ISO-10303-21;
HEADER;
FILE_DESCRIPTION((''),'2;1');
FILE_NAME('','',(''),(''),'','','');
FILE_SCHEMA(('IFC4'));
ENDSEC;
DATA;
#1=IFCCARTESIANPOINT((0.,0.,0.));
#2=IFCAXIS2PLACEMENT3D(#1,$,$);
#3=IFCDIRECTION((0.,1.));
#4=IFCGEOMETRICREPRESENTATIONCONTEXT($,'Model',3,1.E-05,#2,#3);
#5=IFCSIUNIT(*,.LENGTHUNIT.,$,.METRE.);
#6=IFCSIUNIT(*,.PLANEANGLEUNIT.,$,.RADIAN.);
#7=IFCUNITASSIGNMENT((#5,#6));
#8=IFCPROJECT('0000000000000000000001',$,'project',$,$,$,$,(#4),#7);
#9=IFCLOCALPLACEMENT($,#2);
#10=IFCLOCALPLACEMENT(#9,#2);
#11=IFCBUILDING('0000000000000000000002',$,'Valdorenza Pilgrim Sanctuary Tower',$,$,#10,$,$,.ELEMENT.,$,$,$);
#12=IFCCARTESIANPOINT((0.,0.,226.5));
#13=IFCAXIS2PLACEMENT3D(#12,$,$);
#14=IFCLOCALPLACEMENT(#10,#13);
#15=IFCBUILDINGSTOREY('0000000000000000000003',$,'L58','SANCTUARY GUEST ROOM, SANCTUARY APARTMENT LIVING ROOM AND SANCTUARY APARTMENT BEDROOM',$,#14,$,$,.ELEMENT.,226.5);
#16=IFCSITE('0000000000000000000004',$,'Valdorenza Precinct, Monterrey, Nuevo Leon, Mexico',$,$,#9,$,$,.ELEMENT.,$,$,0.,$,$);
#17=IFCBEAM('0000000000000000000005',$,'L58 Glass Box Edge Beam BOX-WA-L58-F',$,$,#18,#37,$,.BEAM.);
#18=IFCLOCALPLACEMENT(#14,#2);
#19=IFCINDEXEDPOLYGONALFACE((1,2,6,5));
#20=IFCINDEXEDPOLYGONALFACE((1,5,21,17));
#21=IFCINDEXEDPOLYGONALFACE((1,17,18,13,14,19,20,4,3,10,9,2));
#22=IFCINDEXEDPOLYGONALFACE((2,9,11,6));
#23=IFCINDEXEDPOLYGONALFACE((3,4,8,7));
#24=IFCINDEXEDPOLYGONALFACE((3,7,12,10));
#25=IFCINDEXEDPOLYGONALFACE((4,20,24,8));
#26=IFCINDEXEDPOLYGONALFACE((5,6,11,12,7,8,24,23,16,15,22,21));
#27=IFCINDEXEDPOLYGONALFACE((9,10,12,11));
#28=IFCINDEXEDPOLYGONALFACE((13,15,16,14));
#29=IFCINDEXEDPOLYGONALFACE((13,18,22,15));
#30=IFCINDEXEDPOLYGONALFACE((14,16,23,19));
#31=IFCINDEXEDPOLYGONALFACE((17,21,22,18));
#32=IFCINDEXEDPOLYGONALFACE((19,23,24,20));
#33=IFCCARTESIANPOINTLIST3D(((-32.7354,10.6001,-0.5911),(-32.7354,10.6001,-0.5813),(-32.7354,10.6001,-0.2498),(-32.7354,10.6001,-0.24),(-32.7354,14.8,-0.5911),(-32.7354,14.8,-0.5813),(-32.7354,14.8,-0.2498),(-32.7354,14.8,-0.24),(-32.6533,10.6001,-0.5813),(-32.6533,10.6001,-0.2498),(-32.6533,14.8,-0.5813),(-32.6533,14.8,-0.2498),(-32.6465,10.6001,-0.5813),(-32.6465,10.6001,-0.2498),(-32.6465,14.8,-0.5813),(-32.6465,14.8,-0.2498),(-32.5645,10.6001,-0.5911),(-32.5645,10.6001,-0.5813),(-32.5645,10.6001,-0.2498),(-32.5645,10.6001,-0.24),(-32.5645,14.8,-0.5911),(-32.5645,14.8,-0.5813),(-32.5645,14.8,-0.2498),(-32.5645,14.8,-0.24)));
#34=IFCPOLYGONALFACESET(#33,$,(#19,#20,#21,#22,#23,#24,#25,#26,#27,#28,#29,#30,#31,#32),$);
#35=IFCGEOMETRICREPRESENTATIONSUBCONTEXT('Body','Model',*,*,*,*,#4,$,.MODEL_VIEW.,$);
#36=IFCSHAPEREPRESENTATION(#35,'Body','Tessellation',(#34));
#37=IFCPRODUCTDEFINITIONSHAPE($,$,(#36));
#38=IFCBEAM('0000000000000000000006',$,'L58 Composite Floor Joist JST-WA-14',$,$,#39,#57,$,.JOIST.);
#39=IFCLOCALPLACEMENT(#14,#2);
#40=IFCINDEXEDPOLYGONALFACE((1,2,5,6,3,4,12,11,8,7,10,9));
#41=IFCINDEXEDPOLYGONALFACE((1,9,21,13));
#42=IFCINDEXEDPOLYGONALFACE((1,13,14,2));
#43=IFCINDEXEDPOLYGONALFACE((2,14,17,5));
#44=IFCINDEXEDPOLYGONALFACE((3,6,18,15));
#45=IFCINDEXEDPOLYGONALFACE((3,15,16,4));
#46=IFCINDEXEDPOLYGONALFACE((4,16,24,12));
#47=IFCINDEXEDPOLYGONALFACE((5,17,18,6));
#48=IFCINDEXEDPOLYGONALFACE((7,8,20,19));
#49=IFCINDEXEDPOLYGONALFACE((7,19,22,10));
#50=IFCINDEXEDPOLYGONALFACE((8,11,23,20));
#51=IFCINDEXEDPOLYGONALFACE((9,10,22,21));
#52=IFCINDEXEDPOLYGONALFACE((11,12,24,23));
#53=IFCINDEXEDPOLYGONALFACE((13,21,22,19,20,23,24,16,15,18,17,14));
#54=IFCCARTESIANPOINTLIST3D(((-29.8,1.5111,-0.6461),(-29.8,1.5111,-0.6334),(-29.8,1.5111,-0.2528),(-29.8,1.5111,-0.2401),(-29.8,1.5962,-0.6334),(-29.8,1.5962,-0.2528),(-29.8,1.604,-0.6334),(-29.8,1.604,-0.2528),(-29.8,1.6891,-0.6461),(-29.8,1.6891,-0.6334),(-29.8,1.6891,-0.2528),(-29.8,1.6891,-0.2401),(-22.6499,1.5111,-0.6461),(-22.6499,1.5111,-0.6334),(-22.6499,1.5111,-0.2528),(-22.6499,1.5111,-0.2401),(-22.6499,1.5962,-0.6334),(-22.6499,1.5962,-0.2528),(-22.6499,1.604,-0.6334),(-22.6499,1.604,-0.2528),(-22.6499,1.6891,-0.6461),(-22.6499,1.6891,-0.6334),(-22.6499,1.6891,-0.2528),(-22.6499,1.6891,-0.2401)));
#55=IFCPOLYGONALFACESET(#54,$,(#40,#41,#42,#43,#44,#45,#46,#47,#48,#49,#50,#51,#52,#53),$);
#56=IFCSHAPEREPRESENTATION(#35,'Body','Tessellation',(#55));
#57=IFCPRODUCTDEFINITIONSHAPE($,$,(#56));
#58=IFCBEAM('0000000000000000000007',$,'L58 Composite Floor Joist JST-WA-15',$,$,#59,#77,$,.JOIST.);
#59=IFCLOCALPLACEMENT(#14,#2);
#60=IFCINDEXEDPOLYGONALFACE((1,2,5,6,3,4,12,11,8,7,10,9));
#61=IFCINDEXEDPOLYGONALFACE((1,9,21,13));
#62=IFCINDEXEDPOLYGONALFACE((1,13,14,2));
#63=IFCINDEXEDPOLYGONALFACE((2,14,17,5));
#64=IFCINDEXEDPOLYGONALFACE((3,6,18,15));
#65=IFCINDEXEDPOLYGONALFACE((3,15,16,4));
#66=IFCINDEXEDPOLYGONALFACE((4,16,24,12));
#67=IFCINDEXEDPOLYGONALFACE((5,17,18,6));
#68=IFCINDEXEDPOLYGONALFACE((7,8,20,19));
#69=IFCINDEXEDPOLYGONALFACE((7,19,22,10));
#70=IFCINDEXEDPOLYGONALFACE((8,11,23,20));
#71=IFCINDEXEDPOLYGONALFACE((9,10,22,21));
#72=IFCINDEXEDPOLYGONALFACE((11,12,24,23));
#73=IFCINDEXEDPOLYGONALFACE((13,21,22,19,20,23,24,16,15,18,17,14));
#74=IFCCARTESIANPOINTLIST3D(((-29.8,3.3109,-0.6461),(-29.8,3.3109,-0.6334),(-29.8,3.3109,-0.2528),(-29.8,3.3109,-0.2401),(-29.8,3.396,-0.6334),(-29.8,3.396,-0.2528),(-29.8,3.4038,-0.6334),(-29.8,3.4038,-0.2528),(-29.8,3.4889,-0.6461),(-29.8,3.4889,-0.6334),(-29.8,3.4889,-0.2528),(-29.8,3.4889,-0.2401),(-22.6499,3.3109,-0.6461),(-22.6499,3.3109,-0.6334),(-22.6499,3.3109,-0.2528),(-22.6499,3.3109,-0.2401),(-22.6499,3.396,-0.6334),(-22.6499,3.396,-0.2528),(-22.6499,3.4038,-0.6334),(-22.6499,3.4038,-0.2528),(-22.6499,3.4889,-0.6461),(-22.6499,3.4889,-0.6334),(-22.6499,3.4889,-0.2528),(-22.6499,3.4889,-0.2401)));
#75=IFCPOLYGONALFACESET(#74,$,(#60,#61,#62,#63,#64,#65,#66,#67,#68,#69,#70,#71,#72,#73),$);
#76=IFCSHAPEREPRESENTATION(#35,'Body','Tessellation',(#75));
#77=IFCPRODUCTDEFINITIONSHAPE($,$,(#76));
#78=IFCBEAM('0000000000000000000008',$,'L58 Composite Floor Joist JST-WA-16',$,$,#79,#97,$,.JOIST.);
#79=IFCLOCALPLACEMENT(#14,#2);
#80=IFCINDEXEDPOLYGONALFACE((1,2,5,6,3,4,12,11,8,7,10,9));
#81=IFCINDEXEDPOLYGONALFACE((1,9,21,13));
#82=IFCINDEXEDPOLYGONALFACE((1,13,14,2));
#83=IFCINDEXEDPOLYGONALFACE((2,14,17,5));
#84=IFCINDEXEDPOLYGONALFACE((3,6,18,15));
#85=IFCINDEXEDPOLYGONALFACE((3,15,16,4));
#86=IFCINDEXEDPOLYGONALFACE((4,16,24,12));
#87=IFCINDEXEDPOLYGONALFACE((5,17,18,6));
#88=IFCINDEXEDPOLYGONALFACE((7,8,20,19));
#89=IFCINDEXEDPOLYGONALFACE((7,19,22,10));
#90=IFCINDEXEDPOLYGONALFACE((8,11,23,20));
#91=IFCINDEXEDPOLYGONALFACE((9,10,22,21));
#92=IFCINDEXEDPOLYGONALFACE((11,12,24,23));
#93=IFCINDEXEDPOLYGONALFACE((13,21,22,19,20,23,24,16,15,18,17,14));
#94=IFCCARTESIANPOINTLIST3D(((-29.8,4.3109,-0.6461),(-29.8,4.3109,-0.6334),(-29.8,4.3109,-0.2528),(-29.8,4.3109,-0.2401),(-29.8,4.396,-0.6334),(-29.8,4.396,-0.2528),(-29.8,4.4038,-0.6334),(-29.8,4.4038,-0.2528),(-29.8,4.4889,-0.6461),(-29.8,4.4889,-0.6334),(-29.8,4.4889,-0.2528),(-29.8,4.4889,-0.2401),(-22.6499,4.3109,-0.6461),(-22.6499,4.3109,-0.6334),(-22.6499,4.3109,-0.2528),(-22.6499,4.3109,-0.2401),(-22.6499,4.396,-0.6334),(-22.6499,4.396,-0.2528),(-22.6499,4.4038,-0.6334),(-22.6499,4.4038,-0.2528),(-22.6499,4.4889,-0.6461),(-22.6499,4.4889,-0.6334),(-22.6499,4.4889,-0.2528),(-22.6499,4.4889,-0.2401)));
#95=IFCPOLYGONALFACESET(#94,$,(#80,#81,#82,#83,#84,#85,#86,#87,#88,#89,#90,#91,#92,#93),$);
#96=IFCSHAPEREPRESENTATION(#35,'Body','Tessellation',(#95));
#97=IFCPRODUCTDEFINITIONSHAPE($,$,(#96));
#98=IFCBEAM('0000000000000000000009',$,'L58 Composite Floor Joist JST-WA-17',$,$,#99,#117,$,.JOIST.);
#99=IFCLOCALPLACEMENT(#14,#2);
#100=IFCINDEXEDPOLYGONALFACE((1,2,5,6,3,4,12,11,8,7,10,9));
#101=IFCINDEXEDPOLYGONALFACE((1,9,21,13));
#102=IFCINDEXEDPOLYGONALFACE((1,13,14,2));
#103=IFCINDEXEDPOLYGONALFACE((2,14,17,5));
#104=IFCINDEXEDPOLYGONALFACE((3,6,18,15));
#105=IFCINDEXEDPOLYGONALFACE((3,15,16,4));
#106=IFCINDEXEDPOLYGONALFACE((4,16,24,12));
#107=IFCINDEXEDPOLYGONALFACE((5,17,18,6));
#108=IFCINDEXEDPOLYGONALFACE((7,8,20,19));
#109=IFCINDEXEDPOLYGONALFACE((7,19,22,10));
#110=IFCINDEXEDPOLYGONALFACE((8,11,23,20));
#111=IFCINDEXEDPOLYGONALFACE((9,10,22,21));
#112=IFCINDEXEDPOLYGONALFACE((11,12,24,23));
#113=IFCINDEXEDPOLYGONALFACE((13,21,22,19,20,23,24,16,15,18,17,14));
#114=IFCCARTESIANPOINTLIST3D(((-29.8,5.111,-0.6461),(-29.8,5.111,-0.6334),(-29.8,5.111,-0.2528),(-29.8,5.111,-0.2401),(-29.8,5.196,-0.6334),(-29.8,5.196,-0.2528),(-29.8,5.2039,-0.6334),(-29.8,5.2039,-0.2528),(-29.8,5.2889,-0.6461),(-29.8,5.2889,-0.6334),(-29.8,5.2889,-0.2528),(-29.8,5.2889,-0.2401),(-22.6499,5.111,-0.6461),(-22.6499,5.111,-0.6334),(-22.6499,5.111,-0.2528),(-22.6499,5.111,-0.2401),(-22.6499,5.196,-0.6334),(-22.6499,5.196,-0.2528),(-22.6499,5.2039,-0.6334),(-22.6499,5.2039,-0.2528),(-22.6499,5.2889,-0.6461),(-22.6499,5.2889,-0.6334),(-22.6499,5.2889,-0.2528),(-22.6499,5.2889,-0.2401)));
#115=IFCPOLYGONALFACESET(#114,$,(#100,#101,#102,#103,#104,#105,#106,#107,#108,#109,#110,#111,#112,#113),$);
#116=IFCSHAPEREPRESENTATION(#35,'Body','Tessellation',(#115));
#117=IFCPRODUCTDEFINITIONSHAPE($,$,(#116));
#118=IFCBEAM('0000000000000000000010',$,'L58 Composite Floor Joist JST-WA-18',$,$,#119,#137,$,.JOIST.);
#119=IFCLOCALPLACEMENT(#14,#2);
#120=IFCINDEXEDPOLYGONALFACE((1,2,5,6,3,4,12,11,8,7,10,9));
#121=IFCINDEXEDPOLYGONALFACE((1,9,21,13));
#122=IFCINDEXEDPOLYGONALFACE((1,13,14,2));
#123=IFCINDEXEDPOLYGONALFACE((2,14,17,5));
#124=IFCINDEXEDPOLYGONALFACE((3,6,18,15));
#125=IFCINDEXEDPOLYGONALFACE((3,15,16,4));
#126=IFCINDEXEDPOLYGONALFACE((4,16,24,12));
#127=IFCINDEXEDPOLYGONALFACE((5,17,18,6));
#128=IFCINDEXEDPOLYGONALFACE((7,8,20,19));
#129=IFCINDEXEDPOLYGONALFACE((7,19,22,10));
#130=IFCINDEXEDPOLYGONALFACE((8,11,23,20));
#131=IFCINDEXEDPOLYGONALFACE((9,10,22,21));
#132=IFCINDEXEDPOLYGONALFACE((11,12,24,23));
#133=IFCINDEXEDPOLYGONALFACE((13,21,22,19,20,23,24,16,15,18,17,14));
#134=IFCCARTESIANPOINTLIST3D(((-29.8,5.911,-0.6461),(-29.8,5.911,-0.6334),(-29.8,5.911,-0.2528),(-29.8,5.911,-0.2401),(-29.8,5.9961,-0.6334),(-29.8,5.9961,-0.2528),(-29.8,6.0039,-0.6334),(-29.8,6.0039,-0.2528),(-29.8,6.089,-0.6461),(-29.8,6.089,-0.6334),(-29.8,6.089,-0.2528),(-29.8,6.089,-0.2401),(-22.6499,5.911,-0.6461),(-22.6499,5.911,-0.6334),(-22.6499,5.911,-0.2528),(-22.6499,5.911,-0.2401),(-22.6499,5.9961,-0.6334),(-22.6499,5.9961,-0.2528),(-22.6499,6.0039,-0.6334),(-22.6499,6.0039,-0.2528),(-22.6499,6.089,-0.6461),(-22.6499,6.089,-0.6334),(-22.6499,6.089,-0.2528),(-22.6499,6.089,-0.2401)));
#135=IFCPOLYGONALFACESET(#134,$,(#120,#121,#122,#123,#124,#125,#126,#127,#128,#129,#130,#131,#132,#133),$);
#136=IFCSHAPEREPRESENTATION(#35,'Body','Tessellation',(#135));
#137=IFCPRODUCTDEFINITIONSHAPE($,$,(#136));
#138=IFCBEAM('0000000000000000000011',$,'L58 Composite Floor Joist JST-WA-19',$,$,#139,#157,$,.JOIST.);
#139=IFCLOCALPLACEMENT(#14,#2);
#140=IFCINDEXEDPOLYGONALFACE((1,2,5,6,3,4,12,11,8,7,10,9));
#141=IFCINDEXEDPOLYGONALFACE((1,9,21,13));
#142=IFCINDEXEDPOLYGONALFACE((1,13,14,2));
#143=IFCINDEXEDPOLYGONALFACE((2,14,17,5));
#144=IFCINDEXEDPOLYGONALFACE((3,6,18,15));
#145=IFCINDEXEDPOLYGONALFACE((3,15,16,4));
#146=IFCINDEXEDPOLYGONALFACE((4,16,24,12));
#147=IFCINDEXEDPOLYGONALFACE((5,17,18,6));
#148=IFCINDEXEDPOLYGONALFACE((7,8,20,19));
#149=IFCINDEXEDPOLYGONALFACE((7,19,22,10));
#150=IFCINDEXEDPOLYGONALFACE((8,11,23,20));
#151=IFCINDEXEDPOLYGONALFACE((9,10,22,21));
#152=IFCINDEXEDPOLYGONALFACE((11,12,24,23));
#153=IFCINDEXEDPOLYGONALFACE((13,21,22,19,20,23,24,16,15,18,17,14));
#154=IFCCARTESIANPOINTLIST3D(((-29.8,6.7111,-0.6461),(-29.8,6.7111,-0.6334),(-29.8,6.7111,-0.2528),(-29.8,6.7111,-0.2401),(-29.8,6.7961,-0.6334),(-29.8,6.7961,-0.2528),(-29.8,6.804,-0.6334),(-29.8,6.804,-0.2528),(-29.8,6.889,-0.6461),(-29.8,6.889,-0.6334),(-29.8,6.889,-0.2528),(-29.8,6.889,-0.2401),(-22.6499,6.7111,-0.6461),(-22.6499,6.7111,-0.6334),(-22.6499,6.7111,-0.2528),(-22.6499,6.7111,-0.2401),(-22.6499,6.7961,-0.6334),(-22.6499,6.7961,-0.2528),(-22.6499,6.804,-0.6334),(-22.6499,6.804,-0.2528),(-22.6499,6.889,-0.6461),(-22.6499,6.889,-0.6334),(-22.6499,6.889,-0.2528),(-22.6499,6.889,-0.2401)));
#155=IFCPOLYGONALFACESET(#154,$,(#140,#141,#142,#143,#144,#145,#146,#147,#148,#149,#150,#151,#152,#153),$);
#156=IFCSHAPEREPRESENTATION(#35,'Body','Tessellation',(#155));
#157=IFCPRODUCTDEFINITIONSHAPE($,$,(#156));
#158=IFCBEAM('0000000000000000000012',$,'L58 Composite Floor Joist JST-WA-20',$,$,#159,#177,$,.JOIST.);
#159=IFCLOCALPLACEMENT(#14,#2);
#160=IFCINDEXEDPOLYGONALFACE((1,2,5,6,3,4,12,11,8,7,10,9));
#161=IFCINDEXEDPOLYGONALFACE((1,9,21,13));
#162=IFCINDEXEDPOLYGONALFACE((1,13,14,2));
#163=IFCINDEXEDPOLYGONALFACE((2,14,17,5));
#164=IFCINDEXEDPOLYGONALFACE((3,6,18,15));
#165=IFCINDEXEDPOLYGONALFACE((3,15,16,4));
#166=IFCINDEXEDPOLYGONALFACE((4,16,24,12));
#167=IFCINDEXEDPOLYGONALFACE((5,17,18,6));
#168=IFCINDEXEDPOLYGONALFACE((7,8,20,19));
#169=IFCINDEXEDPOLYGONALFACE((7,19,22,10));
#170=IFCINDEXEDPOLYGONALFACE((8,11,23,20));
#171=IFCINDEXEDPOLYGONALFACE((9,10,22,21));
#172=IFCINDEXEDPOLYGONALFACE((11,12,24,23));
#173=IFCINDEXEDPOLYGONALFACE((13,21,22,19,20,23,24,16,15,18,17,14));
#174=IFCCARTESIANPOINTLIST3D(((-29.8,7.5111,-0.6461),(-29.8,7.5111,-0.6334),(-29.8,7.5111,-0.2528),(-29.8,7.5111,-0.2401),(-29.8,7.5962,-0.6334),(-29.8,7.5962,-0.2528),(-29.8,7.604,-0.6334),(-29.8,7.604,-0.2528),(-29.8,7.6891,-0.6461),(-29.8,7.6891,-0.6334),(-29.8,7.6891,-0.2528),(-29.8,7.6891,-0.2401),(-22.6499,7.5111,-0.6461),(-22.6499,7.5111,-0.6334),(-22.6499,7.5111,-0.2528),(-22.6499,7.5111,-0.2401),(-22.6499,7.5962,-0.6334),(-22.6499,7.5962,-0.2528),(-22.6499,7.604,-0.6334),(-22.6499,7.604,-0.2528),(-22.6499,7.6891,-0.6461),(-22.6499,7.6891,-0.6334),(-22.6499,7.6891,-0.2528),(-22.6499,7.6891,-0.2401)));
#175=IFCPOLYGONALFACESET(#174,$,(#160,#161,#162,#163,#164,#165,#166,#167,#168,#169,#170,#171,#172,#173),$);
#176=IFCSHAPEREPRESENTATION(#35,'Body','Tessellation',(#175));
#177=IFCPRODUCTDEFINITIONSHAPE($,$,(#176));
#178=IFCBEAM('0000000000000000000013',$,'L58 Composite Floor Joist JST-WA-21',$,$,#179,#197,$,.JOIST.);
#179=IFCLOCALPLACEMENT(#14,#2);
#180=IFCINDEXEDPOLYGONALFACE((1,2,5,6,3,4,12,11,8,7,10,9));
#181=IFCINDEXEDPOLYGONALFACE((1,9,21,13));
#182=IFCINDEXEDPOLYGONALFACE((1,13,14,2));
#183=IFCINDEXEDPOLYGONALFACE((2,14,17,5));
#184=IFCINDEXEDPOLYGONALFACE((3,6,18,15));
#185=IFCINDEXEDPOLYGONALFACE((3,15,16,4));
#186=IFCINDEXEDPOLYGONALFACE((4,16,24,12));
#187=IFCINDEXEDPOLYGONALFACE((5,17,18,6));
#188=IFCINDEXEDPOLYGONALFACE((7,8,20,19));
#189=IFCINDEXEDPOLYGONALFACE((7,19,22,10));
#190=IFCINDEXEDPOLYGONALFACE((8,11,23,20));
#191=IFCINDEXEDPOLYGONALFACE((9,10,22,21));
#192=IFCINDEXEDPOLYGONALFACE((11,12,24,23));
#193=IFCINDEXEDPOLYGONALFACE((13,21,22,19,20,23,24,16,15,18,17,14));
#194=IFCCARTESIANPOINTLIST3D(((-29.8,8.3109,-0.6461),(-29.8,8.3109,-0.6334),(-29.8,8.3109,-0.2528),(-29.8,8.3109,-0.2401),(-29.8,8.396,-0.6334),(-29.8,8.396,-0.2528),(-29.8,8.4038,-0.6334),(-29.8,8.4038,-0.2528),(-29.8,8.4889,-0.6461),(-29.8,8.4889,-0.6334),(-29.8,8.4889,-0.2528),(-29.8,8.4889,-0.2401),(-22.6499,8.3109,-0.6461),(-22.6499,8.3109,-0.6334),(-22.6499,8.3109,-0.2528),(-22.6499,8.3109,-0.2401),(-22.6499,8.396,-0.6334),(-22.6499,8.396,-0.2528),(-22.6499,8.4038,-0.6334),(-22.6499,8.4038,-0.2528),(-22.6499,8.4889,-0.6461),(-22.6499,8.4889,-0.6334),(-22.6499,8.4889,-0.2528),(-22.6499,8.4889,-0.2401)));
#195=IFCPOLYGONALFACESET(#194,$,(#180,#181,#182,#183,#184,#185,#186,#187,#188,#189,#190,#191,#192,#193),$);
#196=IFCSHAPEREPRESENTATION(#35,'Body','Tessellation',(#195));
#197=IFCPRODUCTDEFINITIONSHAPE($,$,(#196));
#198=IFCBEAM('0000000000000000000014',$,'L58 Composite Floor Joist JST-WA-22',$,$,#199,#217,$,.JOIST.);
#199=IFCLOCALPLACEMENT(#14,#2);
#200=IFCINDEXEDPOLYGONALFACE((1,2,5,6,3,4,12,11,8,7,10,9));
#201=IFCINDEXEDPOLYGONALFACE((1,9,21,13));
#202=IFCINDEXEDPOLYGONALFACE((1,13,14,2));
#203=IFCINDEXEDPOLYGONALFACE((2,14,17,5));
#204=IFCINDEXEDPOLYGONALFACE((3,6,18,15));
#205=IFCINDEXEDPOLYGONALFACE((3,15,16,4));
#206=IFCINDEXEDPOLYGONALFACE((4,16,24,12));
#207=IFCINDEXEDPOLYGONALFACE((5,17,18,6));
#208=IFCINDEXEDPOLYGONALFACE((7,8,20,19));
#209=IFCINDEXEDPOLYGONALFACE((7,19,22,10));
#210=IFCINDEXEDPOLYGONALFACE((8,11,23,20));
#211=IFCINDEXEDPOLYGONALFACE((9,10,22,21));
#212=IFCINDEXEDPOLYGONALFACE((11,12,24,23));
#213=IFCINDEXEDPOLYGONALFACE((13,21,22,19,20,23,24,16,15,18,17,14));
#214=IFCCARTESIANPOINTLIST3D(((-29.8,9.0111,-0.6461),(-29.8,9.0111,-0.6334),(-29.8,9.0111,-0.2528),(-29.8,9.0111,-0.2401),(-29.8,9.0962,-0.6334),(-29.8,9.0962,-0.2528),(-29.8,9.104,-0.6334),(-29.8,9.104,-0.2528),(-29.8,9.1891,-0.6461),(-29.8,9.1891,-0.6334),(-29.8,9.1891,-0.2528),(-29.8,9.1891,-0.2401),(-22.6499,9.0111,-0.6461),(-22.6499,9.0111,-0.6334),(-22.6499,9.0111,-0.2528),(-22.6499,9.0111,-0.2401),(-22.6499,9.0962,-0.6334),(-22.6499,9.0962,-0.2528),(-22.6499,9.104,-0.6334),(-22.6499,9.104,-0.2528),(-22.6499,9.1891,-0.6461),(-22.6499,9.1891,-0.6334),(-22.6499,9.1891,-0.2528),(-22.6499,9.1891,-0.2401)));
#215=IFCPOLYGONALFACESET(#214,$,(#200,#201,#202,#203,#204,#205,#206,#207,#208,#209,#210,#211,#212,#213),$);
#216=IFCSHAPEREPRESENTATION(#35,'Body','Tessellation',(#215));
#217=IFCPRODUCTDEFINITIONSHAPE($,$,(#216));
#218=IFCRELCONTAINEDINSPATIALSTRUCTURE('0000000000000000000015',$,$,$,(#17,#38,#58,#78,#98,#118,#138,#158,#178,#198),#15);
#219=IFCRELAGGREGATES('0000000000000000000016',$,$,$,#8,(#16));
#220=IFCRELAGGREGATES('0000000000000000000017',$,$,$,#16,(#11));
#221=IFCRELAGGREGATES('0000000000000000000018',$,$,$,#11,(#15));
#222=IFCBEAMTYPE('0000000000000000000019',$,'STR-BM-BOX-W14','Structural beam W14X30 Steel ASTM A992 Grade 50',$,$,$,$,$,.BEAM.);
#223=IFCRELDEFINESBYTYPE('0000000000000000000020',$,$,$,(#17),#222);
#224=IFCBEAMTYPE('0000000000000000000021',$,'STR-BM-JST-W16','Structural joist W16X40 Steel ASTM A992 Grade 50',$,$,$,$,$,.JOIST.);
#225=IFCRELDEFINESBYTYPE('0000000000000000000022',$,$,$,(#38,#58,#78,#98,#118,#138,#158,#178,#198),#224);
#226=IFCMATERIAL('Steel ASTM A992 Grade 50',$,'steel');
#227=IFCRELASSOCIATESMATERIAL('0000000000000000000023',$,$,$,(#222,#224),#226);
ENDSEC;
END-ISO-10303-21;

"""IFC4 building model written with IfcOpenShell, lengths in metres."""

from ifc_helpers import new_model, si_unit, direction, frame, origin, origin_2d, place, context, subcontext, project, spatial, i_section, extrude, source, transform, mapped, material, material_profile, profile_set, type_object, element, save


model = new_model("IFC4")

# Units and contexts
model_context = context("Model", 3, precision=1e-05, world=origin(), true_north=direction((0.0, 1.0)))
body_context = subcontext(model_context, "Body", "Model", "MODEL_VIEW")
ifc_project = project(units=[si_unit("LENGTHUNIT", "METRE"), si_unit("PLANEANGLEUNIT", "RADIAN")], contexts=[model_context])

# Site, building, storey
site_placement = place(None, origin())
site = spatial("IfcSite", under=ifc_project, at=site_placement, Name="Valdorenza Precinct, Monterrey, Nuevo Leon, Mexico", CompositionType="ELEMENT", RefElevation=0.0)
building_placement = place(site_placement, origin())
building = spatial("IfcBuilding", under=site, at=building_placement, Name="Valdorenza Pilgrim Sanctuary Tower", CompositionType="ELEMENT")
storey_placement = place(building_placement, frame((0.0, 0.0, 226.5)))
storey = spatial("IfcBuildingStorey", under=building, at=storey_placement, Name="L58", Description="SANCTUARY GUEST ROOM, SANCTUARY APARTMENT LIVING ROOM AND SANCTUARY APARTMENT BEDROOM", CompositionType="ELEMENT", Elevation=226.5)

# Beams
ifc_material_1 = material(Name="Steel ASTM A992 Grade 50", Category="steel")
ifc_material_profile_1 = material_profile(ifc_material_1, i_section(OverallWidth=0.1709, OverallDepth=0.3511, WebThickness=0.0068, FlangeThickness=0.0098, at=origin_2d()), Name="W14X30")
ifc_profile_set_1 = profile_set([ifc_material_profile_1], Name="Steel ASTM A992 Grade 50")
beam_type_1 = type_object("IfcBeamType", Name="STR-BM-BOX-W14", Description="Structural beam W14X30 Steel ASTM A992 Grade 50", PredefinedType="BEAM", material=ifc_profile_set_1)
shared_shape_1 = source(origin(), body_context, "Body", "SweptSolid", [
    extrude(i_section(OverallWidth=0.1709, OverallDepth=0.3511, WebThickness=0.0068, FlangeThickness=0.0098, at=origin_2d()), origin(), (0.0, 0.0, 1.0), 4.2),
])
beam_placement = place(storey_placement, frame((-32.6499, 10.6001, -0.4155), z_axis=(0.0, 1.0, 0.0), x_axis=(-1.0, 0.0, 0.0)))
element("IfcBeam", 1, at=beam_placement, inside=storey, type_object=beam_type_1, Name="L58 Glass Box Edge Beam BOX-WA-L58-F", PredefinedType="BEAM", context=body_context, shape_type="MappedRepresentation", body=[
    mapped(shared_shape_1, transform((0.0, 0.0, 0.0), x_axis=(1.0, 0.0, 0.0), y_axis=(0.0, 1.0, 0.0), z_axis=(0.0, 0.0, 1.0), scale=1.0)),
])
ifc_material_profile_2 = material_profile(ifc_material_1, i_section(OverallWidth=0.178, OverallDepth=0.406, WebThickness=0.0078, FlangeThickness=0.0127, at=origin_2d()), Name="W16X40")
ifc_profile_set_2 = profile_set([ifc_material_profile_2], Name="Steel ASTM A992 Grade 50")
beam_type_2 = type_object("IfcBeamType", Name="STR-BM-JST-W16", Description="Structural joist W16X40 Steel ASTM A992 Grade 50", PredefinedType="JOIST", material=ifc_profile_set_2)
shared_shape_2 = source(origin(), body_context, "Body", "SweptSolid", [
    extrude(i_section(OverallWidth=0.178, OverallDepth=0.406, WebThickness=0.0078, FlangeThickness=0.0127, at=origin_2d()), origin(), (0.0, 0.0, 1.0), 7.1501),
])
for number, where, z_axis, x_axis, name in (
    (2, (-29.8, 1.6001, -0.4431), (1.0, 0.0, 0.0), (0.0, 1.0, 0.0), "L58 Composite Floor Joist JST-WA-14"),
    (3, (-29.8, 3.3999, -0.4431), (1.0, 0.0, 0.0), (0.0, 1.0, 0.0), "L58 Composite Floor Joist JST-WA-15"),
    (4, (-29.8, 4.3999, -0.4431), (1.0, 0.0, 0.0), (0.0, 1.0, 0.0), "L58 Composite Floor Joist JST-WA-16"),
    (5, (-29.8, 5.2, -0.4431), (1.0, 0.0, 0.0), (0.0, 1.0, 0.0), "L58 Composite Floor Joist JST-WA-17"),
    (6, (-29.8, 6.0, -0.4431), (1.0, 0.0, 0.0), (0.0, 1.0, 0.0), "L58 Composite Floor Joist JST-WA-18"),
    (7, (-29.8, 6.8, -0.4431), (1.0, 0.0, 0.0), (0.0, 1.0, 0.0), "L58 Composite Floor Joist JST-WA-19"),
    (8, (-29.8, 7.6001, -0.4431), (1.0, 0.0, 0.0), (0.0, 1.0, 0.0), "L58 Composite Floor Joist JST-WA-20"),
    (9, (-29.8, 8.3999, -0.4431), (1.0, 0.0, 0.0), (0.0, 1.0, 0.0), "L58 Composite Floor Joist JST-WA-21"),
    (10, (-29.8, 9.1001, -0.4431), (1.0, 0.0, 0.0), (0.0, 1.0, 0.0), "L58 Composite Floor Joist JST-WA-22"),
):
    element("IfcBeam", number, at=place(storey_placement, frame(where, z_axis=z_axis, x_axis=x_axis)), inside=storey, type_object=beam_type_2, Name=name, PredefinedType="JOIST", context=body_context, shape_type="MappedRepresentation", body=[
        mapped(shared_shape_2, transform((0.0, 0.0, 0.0), x_axis=(1.0, 0.0, 0.0), y_axis=(0.0, 1.0, 0.0), z_axis=(0.0, 0.0, 1.0), scale=1.0)),
    ])

save(model, "model.ifc")
